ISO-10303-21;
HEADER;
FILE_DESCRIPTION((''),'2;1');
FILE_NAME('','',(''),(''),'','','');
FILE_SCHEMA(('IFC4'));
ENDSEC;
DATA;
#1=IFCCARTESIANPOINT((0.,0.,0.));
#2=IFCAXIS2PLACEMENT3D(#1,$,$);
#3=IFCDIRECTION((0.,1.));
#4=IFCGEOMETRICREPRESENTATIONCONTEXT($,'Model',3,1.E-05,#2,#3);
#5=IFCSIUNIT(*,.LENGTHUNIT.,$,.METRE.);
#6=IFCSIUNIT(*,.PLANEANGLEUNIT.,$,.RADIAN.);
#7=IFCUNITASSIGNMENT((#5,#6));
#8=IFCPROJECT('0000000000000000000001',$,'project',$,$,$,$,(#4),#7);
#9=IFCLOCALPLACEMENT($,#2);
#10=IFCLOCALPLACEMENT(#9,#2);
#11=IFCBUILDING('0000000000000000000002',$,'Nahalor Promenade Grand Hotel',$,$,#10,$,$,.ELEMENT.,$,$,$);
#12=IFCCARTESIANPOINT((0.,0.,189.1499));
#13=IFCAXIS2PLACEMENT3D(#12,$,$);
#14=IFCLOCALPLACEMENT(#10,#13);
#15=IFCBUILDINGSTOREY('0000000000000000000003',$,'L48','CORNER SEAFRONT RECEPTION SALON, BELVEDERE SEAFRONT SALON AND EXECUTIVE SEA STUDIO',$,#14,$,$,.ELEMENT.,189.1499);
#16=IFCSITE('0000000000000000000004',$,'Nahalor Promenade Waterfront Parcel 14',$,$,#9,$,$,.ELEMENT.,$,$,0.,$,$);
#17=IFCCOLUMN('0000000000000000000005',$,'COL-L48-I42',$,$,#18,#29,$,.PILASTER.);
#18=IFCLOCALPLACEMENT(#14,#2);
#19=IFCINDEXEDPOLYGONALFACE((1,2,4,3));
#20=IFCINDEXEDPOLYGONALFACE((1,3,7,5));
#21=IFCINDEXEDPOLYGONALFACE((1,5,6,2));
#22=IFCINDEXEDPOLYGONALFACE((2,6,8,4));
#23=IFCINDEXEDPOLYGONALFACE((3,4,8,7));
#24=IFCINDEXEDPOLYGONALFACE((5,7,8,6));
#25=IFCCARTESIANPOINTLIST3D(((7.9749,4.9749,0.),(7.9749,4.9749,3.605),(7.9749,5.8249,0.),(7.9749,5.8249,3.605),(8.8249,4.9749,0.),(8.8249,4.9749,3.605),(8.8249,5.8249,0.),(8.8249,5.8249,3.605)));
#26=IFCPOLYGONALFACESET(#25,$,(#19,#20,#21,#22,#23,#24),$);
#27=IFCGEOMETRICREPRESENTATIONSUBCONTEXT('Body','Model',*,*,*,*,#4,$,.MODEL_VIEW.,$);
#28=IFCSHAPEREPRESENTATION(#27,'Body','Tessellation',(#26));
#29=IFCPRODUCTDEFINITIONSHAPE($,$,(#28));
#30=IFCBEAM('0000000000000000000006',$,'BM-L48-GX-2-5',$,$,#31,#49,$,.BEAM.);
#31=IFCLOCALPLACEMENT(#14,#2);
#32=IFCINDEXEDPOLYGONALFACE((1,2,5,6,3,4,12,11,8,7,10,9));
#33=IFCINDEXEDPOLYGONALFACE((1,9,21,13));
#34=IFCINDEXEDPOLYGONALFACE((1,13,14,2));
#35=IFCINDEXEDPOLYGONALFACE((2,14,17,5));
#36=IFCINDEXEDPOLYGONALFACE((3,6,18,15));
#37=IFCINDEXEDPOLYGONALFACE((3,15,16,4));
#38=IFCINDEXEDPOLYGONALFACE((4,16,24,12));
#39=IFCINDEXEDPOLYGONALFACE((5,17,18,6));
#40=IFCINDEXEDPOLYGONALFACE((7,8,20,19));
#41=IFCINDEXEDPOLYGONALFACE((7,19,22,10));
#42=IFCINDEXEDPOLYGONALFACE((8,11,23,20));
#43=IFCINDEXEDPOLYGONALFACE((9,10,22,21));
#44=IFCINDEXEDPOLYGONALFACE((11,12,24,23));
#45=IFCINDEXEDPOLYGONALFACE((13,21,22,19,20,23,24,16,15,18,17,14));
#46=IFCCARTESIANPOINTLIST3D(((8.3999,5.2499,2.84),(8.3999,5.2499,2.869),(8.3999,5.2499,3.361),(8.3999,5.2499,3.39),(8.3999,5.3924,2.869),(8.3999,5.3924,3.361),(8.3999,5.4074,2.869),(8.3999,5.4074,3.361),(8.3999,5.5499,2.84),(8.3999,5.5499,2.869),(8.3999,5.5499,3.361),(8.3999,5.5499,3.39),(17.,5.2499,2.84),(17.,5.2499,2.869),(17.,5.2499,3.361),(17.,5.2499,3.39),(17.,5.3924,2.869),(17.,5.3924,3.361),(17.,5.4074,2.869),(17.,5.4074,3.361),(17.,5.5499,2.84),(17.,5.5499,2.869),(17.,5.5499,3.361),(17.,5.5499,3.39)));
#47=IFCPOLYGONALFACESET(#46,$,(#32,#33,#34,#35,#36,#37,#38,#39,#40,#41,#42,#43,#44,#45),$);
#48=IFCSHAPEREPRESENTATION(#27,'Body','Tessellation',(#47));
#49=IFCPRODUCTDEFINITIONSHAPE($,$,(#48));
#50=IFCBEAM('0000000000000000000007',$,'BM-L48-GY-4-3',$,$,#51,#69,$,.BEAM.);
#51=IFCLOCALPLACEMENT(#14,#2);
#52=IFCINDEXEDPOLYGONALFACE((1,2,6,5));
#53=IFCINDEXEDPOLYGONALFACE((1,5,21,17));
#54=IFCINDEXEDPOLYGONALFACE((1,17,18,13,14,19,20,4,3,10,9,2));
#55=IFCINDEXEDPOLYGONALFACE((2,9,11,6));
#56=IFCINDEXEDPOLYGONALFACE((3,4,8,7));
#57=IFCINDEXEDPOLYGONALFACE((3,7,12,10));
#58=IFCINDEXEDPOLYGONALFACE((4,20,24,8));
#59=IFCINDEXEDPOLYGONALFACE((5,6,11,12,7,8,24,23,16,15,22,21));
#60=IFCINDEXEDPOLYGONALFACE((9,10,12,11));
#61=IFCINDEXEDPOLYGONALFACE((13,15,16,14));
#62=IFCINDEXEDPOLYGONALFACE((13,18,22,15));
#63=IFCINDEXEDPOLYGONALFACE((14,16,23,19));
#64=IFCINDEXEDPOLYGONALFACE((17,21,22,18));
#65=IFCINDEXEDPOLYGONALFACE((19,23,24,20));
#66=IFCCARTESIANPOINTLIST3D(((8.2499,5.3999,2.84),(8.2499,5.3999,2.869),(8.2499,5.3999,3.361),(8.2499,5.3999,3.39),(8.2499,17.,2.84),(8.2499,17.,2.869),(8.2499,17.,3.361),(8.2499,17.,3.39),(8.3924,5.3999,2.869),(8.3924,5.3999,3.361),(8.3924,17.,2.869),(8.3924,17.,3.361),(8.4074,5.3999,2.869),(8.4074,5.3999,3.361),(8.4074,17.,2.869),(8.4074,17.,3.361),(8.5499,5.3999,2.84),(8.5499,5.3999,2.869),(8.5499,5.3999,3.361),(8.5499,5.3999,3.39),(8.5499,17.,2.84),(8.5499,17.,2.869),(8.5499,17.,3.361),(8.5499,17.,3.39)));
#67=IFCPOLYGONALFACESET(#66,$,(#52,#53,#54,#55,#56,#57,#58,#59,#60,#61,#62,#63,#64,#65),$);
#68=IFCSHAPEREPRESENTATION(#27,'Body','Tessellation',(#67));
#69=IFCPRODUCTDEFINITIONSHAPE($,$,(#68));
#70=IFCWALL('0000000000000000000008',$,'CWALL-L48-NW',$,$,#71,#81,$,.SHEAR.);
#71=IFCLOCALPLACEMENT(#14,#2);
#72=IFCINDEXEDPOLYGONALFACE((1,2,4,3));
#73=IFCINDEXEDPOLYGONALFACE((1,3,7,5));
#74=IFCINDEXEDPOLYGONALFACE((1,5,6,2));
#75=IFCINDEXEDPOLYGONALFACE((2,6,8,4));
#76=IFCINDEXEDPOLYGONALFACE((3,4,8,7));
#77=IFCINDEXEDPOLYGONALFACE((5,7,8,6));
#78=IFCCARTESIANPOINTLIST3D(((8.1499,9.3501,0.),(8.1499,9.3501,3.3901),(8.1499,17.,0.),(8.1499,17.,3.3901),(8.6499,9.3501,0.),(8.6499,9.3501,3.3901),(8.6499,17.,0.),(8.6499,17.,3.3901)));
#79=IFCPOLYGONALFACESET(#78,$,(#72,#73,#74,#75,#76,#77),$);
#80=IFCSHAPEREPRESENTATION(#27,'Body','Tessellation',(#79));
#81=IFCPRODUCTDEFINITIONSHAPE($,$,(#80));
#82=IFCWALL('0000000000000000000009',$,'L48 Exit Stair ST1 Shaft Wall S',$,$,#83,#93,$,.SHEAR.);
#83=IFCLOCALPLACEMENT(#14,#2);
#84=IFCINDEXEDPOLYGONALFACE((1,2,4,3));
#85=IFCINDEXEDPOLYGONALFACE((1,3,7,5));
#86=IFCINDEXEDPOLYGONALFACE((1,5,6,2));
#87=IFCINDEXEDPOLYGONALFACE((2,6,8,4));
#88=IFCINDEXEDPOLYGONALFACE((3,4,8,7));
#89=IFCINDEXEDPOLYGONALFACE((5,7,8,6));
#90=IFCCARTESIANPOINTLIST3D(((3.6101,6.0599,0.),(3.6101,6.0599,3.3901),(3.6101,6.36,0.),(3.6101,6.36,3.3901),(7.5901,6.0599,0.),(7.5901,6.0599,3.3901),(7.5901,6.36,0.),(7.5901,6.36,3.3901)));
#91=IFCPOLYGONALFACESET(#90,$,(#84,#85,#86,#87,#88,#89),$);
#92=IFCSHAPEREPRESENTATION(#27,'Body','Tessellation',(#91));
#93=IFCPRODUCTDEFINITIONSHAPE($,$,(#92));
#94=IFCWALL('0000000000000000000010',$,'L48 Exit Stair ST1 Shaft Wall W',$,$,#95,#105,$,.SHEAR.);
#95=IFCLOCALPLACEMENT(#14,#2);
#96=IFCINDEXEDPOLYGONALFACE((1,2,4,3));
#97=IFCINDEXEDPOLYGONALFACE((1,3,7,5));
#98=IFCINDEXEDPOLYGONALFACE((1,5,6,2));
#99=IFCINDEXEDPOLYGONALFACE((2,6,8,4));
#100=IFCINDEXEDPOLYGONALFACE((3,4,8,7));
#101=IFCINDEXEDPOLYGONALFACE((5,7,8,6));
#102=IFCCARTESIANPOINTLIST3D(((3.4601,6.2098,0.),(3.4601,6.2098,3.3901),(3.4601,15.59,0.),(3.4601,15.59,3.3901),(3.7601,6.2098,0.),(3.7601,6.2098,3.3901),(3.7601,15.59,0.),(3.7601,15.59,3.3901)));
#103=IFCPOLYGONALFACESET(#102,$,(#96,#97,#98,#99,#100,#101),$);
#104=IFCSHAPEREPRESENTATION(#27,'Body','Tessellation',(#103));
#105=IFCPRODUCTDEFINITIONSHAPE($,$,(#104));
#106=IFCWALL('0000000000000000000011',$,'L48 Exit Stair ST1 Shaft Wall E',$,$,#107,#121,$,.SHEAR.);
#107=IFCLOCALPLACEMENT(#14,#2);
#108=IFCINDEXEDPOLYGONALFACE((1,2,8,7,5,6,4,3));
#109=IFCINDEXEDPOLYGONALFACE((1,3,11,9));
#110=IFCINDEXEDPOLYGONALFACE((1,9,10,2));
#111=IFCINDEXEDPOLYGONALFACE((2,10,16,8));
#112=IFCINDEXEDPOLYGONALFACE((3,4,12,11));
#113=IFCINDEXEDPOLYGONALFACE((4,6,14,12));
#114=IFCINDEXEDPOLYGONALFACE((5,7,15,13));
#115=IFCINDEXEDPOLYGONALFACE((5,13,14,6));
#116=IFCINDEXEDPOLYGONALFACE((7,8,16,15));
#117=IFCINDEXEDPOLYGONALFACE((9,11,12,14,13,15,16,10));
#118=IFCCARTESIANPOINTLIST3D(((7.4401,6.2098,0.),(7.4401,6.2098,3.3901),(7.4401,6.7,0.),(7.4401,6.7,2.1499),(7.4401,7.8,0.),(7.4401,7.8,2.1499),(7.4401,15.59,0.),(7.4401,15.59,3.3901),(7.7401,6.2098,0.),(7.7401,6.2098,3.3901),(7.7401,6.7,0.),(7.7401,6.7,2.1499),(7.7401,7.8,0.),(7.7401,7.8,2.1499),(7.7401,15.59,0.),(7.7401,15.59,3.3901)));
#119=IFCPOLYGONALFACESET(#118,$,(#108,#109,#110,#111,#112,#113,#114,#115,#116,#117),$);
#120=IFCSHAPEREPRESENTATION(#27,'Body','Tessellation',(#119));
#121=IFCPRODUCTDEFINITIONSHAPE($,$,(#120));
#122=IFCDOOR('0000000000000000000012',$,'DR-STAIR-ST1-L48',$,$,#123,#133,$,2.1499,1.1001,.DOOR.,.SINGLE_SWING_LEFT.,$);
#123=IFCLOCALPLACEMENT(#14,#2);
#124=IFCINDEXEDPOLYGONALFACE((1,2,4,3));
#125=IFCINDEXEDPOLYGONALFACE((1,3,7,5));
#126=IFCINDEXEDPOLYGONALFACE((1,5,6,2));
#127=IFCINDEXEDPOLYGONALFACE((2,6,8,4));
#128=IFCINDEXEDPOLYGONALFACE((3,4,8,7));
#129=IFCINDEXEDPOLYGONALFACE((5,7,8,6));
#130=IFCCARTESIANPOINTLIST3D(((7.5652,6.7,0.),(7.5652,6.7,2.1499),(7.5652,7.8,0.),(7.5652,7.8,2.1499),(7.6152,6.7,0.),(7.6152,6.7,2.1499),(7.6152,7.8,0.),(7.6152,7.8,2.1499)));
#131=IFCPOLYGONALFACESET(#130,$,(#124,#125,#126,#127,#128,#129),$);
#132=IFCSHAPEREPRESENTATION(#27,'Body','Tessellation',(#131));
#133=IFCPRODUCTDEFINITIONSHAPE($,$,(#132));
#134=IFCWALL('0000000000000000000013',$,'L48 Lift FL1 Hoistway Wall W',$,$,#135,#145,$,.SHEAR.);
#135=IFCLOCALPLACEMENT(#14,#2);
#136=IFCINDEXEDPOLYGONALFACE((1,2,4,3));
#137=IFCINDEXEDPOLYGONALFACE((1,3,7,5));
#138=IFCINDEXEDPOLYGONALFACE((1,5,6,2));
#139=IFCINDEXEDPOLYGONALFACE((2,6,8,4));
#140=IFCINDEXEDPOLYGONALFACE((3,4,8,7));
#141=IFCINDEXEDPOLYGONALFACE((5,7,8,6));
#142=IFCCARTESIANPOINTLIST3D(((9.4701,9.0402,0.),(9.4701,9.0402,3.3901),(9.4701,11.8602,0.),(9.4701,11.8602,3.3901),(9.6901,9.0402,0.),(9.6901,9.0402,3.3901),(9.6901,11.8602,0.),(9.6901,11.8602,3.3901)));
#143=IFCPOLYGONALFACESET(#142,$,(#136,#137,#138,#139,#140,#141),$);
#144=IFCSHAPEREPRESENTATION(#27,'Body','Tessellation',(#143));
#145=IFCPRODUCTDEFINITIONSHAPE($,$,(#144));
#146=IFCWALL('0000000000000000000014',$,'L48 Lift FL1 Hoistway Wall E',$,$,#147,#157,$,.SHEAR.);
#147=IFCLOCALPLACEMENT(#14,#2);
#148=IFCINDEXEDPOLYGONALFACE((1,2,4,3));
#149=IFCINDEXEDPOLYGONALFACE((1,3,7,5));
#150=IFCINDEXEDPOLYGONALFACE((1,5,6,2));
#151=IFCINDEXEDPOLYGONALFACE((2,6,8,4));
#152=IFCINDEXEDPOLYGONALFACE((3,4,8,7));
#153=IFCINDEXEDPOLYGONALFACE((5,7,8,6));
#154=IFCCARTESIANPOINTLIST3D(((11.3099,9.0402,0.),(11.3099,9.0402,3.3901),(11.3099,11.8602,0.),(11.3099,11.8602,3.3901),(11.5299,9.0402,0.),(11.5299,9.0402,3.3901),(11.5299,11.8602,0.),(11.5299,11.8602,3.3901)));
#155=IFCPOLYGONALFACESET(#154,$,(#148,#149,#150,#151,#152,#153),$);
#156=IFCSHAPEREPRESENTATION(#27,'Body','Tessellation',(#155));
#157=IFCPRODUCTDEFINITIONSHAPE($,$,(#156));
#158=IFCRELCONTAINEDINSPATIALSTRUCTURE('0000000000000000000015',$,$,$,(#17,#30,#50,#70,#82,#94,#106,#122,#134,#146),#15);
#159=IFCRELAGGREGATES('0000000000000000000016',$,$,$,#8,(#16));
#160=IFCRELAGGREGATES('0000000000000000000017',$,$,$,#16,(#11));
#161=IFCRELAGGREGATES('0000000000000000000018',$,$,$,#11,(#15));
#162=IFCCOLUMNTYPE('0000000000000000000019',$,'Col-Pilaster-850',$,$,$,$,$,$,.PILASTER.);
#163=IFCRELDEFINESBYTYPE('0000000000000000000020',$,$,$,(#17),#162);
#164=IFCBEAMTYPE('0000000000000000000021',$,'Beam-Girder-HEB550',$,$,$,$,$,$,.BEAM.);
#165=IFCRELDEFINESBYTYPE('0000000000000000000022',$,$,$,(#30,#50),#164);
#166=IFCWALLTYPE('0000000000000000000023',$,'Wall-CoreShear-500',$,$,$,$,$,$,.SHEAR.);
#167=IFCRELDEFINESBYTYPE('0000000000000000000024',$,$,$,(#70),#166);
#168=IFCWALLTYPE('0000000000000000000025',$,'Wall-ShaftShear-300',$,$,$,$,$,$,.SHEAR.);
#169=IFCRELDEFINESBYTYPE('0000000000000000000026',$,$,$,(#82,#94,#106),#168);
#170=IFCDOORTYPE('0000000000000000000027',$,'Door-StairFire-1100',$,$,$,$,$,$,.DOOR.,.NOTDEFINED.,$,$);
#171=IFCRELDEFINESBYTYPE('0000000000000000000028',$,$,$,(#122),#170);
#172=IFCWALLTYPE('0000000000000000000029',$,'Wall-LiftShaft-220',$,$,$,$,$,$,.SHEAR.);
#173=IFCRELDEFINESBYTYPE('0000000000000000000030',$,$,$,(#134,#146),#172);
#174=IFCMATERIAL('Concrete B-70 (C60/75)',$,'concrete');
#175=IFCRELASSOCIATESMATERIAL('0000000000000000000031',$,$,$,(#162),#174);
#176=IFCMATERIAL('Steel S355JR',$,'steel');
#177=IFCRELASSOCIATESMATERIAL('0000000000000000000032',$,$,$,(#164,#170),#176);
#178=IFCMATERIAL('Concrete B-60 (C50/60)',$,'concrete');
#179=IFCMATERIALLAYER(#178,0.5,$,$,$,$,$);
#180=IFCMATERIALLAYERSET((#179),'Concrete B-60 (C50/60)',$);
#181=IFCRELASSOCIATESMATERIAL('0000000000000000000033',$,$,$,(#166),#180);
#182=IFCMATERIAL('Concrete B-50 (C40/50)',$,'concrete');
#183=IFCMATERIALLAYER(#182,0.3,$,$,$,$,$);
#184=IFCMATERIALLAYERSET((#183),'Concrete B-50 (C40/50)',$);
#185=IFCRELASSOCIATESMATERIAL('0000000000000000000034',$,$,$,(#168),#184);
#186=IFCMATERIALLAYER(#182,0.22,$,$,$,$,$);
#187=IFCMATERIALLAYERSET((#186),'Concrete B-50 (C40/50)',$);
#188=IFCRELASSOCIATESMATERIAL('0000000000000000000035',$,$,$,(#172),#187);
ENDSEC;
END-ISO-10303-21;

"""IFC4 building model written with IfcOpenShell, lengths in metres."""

from ifc_helpers import new_model, si_unit, direction, frame, frame_2d, origin, origin_2d, place, context, subcontext, project, spatial, rectangle, i_section, extrude, source, transform, mapped, material, layer, layer_set, material_profile, profile_set, type_object, element, fill, save


model = new_model("IFC4")

# Units and contexts
model_context = context("Model", 3, precision=1e-05, world=origin(), true_north=direction((0.0, 1.0)))
body_context = subcontext(model_context, "Body", "Model", "MODEL_VIEW")
ifc_project = project(units=[si_unit("LENGTHUNIT", "METRE"), si_unit("PLANEANGLEUNIT", "RADIAN")], contexts=[model_context])

# Site, building, storey
site_placement = place(None, origin())
site = spatial("IfcSite", under=ifc_project, at=site_placement, Name="Nahalor Promenade Waterfront Parcel 14", CompositionType="ELEMENT", RefElevation=0.0)
building_placement = place(site_placement, origin())
building = spatial("IfcBuilding", under=site, at=building_placement, Name="Nahalor Promenade Grand Hotel", CompositionType="ELEMENT")
storey_placement = place(building_placement, frame((0.0, 0.0, 189.1499)))
storey = spatial("IfcBuildingStorey", under=building, at=storey_placement, Name="L48", Description="CORNER SEAFRONT RECEPTION SALON, BELVEDERE SEAFRONT SALON AND EXECUTIVE SEA STUDIO", CompositionType="ELEMENT", Elevation=189.1499)

# Column
ifc_material_1 = material(Name="Concrete B-70 (C60/75)", Category="concrete")
ifc_material_profile_1 = material_profile(ifc_material_1, rectangle(XDim=0.85, YDim=0.85, at=origin_2d()), Name="RC 850x850")
ifc_profile_set_1 = profile_set([ifc_material_profile_1], Name="Concrete B-70 (C60/75)")
column_type = type_object("IfcColumnType", Name="Col-Pilaster-850", PredefinedType="PILASTER", material=ifc_profile_set_1)
shared_shape_1 = source(origin(), body_context, "Body", "SweptSolid", [
    extrude(rectangle(XDim=0.85, YDim=0.85, at=origin_2d()), origin(), (0.0, 0.0, 1.0), 3.605),
])
column_placement = place(storey_placement, frame((8.3999, 5.3999, 0.0), z_axis=(0.0, 0.0, 1.0), x_axis=(1.0, 0.0, 0.0)))
element("IfcColumn", 1, at=column_placement, inside=storey, type_object=column_type, Name="COL-L48-I42", PredefinedType="PILASTER", context=body_context, shape_type="MappedRepresentation", body=[
    mapped(shared_shape_1, transform((0.0, 0.0, 0.0), scale=1.0)),
])

# Beams
ifc_material_2 = material(Name="Steel S355JR", Category="steel")
ifc_material_profile_2 = material_profile(ifc_material_2, i_section(OverallWidth=0.3, OverallDepth=0.55, WebThickness=0.015, FlangeThickness=0.029, at=origin_2d()), Name="HEB 550")
ifc_profile_set_2 = profile_set([ifc_material_profile_2], Name="Steel S355JR")
beam_type = type_object("IfcBeamType", Name="Beam-Girder-HEB550", PredefinedType="BEAM", material=ifc_profile_set_2)
shared_shape_2 = source(origin(), body_context, "Body", "SweptSolid", [
    extrude(i_section(OverallWidth=0.3, OverallDepth=0.55, WebThickness=0.015, FlangeThickness=0.029, at=origin_2d()), origin(), (0.0, 0.0, 1.0), 8.6001),
])
beam_1_placement = place(storey_placement, frame((8.3999, 5.3999, 3.115), z_axis=(1.0, 0.0, 0.0), x_axis=(0.0, 1.0, 0.0)))
element("IfcBeam", 2, at=beam_1_placement, inside=storey, type_object=beam_type, Name="BM-L48-GX-2-5", PredefinedType="BEAM", context=body_context, shape_type="MappedRepresentation", body=[
    mapped(shared_shape_2, transform((0.0, 0.0, 0.0), scale=1.0)),
])
shared_shape_3 = source(origin(), body_context, "Body", "SweptSolid", [
    extrude(i_section(OverallWidth=0.3, OverallDepth=0.55, WebThickness=0.015, FlangeThickness=0.029, at=origin_2d()), origin(), (0.0, 0.0, 1.0), 11.6001),
])
beam_2_placement = place(storey_placement, frame((8.3999, 5.3999, 3.115), z_axis=(0.0, 1.0, 0.0), x_axis=(-1.0, 0.0, 0.0)))
element("IfcBeam", 3, at=beam_2_placement, inside=storey, type_object=beam_type, Name="BM-L48-GY-4-3", PredefinedType="BEAM", context=body_context, shape_type="MappedRepresentation", body=[
    mapped(shared_shape_3, transform((0.0, 0.0, 0.0), scale=1.0)),
])

# Walls
ifc_material_3 = material(Name="Concrete B-60 (C50/60)", Category="concrete")
ifc_layer_1 = layer(ifc_material_3, 0.5)
ifc_layer_set_1 = layer_set([ifc_layer_1], Name="Concrete B-60 (C50/60)")
wall_type_1 = type_object("IfcWallType", Name="Wall-CoreShear-500", PredefinedType="SHEAR", material=ifc_layer_set_1)
shared_shape_4 = source(origin(), body_context, "Body", "SweptSolid", [
    extrude(rectangle(XDim=7.6499, YDim=0.5, at=frame_2d((3.825, 0.0))), origin(), (0.0, 0.0, 1.0), 3.3901),
])
wall_1_placement = place(storey_placement, frame((8.3999, 9.3501, 0.0), z_axis=(0.0, 0.0, 1.0), x_axis=(0.0, 1.0, 0.0)))
element("IfcWall", 4, at=wall_1_placement, inside=storey, type_object=wall_type_1, Name="CWALL-L48-NW", PredefinedType="SHEAR", context=body_context, shape_type="MappedRepresentation", body=[
    mapped(shared_shape_4, transform((0.0, 0.0, 0.0), scale=1.0)),
])
ifc_material_4 = material(Name="Concrete B-50 (C40/50)", Category="concrete")
ifc_layer_2 = layer(ifc_material_4, 0.3)
ifc_layer_set_2 = layer_set([ifc_layer_2], Name="Concrete B-50 (C40/50)")
wall_type_2 = type_object("IfcWallType", Name="Wall-ShaftShear-300", PredefinedType="SHEAR", material=ifc_layer_set_2)
shared_shape_5 = source(origin(), body_context, "Body", "SweptSolid", [
    extrude(rectangle(XDim=3.98, YDim=0.3, at=frame_2d((1.99, 0.0))), origin(), (0.0, 0.0, 1.0), 3.3901),
])
wall_2_placement = place(storey_placement, frame((3.6101, 6.21, 0.0), z_axis=(0.0, 0.0, 1.0), x_axis=(1.0, 0.0, 0.0)))
element("IfcWall", 5, at=wall_2_placement, inside=storey, type_object=wall_type_2, Name="L48 Exit Stair ST1 Shaft Wall S", PredefinedType="SHEAR", context=body_context, shape_type="MappedRepresentation", body=[
    mapped(shared_shape_5, transform((0.0, 0.0, 0.0), scale=1.0)),
])
shared_shape_6 = source(origin(), body_context, "Body", "SweptSolid", [
    extrude(rectangle(XDim=9.3801, YDim=0.3, at=frame_2d((4.6899, 0.0))), origin(), (0.0, 0.0, 1.0), 3.3901),
])
wall_3_placement = place(storey_placement, frame((3.6101, 6.21, 0.0), z_axis=(0.0, 0.0, 1.0), x_axis=(0.0, 1.0, 0.0)))
element("IfcWall", 6, at=wall_3_placement, inside=storey, type_object=wall_type_2, Name="L48 Exit Stair ST1 Shaft Wall W", PredefinedType="SHEAR", context=body_context, shape_type="MappedRepresentation", body=[
    mapped(shared_shape_6, transform((0.0, 0.0, 0.0), scale=1.0)),
])

# Wall, opening, door
wall_4_placement = place(storey_placement, frame((7.5901, 6.21, 0.0), z_axis=(0.0, 0.0, 1.0), x_axis=(0.0, 1.0, 0.0)))
wall_4 = element("IfcWall", 7, at=wall_4_placement, inside=storey, type_object=wall_type_2, Name="L48 Exit Stair ST1 Shaft Wall E", PredefinedType="SHEAR", context=body_context, shape_type="MappedRepresentation", body=[
    mapped(shared_shape_6, transform((0.0, 0.0, 0.0), scale=1.0)),
])
opening_1_placement = place(wall_4_placement, frame((0.49, 0.0, 0.0)))
opening_1 = element("IfcOpeningElement", 8, at=opening_1_placement, cuts=wall_4, PredefinedType="OPENING", context=body_context, shape_type="SweptSolid", body=[
    extrude(rectangle(XDim=1.1001, YDim=2.1499, at=frame_2d((0.55, 1.075))), frame((0.0, 0.1599, 0.0), z_axis=(0.0, -1.0, 0.0), x_axis=(1.0, 0.0, 0.0)), (0.0, 0.0, 1.0), 0.3201),
])
door_type_1 = type_object("IfcDoorType", Name="Door-StairFire-1100", OperationType="NOTDEFINED", PredefinedType="DOOR", material=ifc_material_2)
shared_shape_7 = source(origin(), body_context, "Body", "SweptSolid", [
    extrude(rectangle(XDim=1.1001, YDim=2.1499, at=frame_2d((0.55, 1.075))), frame((0.0, 0.0249, 0.0), z_axis=(0.0, -1.0, 0.0), x_axis=(1.0, 0.0, 0.0)), (0.0, 0.0, 1.0), 0.05),
])
door_1_placement = place(opening_1_placement, origin())
door_1 = element("IfcDoor", 9, at=door_1_placement, inside=storey, type_object=door_type_1, Name="DR-STAIR-ST1-L48", OperationType="SINGLE_SWING_LEFT", OverallHeight=2.1499, OverallWidth=1.1001, PredefinedType="DOOR", context=body_context, shape_type="MappedRepresentation", body=[
    mapped(shared_shape_7, transform((0.0, 0.0, 0.0), scale=1.0)),
])
fill(opening_1, door_1)

# Walls
ifc_layer_3 = layer(ifc_material_4, 0.22)
ifc_layer_set_3 = layer_set([ifc_layer_3], Name="Concrete B-50 (C40/50)")
wall_type_3 = type_object("IfcWallType", Name="Wall-LiftShaft-220", PredefinedType="SHEAR", material=ifc_layer_set_3)
shared_shape_8 = source(origin(), body_context, "Body", "SweptSolid", [
    extrude(rectangle(XDim=2.8201, YDim=0.22, at=frame_2d((1.4102, 0.0))), origin(), (0.0, 0.0, 1.0), 3.3901),
])
for number, where, z_axis, x_axis, name in (
    (10, (9.5801, 9.04, 0.0), (0.0, 0.0, 1.0), (0.0, 1.0, 0.0), "L48 Lift FL1 Hoistway Wall W"),
    (11, (11.4199, 9.04, 0.0), (0.0, 0.0, 1.0), (0.0, 1.0, 0.0), "L48 Lift FL1 Hoistway Wall E"),
):
    element("IfcWall", number, at=place(storey_placement, frame(where, z_axis=z_axis, x_axis=x_axis)), inside=storey, type_object=wall_type_3, Name=name, PredefinedType="SHEAR", context=body_context, shape_type="MappedRepresentation", body=[
        mapped(shared_shape_8, transform((0.0, 0.0, 0.0), scale=1.0)),
    ])

save(model, "model.ifc")
